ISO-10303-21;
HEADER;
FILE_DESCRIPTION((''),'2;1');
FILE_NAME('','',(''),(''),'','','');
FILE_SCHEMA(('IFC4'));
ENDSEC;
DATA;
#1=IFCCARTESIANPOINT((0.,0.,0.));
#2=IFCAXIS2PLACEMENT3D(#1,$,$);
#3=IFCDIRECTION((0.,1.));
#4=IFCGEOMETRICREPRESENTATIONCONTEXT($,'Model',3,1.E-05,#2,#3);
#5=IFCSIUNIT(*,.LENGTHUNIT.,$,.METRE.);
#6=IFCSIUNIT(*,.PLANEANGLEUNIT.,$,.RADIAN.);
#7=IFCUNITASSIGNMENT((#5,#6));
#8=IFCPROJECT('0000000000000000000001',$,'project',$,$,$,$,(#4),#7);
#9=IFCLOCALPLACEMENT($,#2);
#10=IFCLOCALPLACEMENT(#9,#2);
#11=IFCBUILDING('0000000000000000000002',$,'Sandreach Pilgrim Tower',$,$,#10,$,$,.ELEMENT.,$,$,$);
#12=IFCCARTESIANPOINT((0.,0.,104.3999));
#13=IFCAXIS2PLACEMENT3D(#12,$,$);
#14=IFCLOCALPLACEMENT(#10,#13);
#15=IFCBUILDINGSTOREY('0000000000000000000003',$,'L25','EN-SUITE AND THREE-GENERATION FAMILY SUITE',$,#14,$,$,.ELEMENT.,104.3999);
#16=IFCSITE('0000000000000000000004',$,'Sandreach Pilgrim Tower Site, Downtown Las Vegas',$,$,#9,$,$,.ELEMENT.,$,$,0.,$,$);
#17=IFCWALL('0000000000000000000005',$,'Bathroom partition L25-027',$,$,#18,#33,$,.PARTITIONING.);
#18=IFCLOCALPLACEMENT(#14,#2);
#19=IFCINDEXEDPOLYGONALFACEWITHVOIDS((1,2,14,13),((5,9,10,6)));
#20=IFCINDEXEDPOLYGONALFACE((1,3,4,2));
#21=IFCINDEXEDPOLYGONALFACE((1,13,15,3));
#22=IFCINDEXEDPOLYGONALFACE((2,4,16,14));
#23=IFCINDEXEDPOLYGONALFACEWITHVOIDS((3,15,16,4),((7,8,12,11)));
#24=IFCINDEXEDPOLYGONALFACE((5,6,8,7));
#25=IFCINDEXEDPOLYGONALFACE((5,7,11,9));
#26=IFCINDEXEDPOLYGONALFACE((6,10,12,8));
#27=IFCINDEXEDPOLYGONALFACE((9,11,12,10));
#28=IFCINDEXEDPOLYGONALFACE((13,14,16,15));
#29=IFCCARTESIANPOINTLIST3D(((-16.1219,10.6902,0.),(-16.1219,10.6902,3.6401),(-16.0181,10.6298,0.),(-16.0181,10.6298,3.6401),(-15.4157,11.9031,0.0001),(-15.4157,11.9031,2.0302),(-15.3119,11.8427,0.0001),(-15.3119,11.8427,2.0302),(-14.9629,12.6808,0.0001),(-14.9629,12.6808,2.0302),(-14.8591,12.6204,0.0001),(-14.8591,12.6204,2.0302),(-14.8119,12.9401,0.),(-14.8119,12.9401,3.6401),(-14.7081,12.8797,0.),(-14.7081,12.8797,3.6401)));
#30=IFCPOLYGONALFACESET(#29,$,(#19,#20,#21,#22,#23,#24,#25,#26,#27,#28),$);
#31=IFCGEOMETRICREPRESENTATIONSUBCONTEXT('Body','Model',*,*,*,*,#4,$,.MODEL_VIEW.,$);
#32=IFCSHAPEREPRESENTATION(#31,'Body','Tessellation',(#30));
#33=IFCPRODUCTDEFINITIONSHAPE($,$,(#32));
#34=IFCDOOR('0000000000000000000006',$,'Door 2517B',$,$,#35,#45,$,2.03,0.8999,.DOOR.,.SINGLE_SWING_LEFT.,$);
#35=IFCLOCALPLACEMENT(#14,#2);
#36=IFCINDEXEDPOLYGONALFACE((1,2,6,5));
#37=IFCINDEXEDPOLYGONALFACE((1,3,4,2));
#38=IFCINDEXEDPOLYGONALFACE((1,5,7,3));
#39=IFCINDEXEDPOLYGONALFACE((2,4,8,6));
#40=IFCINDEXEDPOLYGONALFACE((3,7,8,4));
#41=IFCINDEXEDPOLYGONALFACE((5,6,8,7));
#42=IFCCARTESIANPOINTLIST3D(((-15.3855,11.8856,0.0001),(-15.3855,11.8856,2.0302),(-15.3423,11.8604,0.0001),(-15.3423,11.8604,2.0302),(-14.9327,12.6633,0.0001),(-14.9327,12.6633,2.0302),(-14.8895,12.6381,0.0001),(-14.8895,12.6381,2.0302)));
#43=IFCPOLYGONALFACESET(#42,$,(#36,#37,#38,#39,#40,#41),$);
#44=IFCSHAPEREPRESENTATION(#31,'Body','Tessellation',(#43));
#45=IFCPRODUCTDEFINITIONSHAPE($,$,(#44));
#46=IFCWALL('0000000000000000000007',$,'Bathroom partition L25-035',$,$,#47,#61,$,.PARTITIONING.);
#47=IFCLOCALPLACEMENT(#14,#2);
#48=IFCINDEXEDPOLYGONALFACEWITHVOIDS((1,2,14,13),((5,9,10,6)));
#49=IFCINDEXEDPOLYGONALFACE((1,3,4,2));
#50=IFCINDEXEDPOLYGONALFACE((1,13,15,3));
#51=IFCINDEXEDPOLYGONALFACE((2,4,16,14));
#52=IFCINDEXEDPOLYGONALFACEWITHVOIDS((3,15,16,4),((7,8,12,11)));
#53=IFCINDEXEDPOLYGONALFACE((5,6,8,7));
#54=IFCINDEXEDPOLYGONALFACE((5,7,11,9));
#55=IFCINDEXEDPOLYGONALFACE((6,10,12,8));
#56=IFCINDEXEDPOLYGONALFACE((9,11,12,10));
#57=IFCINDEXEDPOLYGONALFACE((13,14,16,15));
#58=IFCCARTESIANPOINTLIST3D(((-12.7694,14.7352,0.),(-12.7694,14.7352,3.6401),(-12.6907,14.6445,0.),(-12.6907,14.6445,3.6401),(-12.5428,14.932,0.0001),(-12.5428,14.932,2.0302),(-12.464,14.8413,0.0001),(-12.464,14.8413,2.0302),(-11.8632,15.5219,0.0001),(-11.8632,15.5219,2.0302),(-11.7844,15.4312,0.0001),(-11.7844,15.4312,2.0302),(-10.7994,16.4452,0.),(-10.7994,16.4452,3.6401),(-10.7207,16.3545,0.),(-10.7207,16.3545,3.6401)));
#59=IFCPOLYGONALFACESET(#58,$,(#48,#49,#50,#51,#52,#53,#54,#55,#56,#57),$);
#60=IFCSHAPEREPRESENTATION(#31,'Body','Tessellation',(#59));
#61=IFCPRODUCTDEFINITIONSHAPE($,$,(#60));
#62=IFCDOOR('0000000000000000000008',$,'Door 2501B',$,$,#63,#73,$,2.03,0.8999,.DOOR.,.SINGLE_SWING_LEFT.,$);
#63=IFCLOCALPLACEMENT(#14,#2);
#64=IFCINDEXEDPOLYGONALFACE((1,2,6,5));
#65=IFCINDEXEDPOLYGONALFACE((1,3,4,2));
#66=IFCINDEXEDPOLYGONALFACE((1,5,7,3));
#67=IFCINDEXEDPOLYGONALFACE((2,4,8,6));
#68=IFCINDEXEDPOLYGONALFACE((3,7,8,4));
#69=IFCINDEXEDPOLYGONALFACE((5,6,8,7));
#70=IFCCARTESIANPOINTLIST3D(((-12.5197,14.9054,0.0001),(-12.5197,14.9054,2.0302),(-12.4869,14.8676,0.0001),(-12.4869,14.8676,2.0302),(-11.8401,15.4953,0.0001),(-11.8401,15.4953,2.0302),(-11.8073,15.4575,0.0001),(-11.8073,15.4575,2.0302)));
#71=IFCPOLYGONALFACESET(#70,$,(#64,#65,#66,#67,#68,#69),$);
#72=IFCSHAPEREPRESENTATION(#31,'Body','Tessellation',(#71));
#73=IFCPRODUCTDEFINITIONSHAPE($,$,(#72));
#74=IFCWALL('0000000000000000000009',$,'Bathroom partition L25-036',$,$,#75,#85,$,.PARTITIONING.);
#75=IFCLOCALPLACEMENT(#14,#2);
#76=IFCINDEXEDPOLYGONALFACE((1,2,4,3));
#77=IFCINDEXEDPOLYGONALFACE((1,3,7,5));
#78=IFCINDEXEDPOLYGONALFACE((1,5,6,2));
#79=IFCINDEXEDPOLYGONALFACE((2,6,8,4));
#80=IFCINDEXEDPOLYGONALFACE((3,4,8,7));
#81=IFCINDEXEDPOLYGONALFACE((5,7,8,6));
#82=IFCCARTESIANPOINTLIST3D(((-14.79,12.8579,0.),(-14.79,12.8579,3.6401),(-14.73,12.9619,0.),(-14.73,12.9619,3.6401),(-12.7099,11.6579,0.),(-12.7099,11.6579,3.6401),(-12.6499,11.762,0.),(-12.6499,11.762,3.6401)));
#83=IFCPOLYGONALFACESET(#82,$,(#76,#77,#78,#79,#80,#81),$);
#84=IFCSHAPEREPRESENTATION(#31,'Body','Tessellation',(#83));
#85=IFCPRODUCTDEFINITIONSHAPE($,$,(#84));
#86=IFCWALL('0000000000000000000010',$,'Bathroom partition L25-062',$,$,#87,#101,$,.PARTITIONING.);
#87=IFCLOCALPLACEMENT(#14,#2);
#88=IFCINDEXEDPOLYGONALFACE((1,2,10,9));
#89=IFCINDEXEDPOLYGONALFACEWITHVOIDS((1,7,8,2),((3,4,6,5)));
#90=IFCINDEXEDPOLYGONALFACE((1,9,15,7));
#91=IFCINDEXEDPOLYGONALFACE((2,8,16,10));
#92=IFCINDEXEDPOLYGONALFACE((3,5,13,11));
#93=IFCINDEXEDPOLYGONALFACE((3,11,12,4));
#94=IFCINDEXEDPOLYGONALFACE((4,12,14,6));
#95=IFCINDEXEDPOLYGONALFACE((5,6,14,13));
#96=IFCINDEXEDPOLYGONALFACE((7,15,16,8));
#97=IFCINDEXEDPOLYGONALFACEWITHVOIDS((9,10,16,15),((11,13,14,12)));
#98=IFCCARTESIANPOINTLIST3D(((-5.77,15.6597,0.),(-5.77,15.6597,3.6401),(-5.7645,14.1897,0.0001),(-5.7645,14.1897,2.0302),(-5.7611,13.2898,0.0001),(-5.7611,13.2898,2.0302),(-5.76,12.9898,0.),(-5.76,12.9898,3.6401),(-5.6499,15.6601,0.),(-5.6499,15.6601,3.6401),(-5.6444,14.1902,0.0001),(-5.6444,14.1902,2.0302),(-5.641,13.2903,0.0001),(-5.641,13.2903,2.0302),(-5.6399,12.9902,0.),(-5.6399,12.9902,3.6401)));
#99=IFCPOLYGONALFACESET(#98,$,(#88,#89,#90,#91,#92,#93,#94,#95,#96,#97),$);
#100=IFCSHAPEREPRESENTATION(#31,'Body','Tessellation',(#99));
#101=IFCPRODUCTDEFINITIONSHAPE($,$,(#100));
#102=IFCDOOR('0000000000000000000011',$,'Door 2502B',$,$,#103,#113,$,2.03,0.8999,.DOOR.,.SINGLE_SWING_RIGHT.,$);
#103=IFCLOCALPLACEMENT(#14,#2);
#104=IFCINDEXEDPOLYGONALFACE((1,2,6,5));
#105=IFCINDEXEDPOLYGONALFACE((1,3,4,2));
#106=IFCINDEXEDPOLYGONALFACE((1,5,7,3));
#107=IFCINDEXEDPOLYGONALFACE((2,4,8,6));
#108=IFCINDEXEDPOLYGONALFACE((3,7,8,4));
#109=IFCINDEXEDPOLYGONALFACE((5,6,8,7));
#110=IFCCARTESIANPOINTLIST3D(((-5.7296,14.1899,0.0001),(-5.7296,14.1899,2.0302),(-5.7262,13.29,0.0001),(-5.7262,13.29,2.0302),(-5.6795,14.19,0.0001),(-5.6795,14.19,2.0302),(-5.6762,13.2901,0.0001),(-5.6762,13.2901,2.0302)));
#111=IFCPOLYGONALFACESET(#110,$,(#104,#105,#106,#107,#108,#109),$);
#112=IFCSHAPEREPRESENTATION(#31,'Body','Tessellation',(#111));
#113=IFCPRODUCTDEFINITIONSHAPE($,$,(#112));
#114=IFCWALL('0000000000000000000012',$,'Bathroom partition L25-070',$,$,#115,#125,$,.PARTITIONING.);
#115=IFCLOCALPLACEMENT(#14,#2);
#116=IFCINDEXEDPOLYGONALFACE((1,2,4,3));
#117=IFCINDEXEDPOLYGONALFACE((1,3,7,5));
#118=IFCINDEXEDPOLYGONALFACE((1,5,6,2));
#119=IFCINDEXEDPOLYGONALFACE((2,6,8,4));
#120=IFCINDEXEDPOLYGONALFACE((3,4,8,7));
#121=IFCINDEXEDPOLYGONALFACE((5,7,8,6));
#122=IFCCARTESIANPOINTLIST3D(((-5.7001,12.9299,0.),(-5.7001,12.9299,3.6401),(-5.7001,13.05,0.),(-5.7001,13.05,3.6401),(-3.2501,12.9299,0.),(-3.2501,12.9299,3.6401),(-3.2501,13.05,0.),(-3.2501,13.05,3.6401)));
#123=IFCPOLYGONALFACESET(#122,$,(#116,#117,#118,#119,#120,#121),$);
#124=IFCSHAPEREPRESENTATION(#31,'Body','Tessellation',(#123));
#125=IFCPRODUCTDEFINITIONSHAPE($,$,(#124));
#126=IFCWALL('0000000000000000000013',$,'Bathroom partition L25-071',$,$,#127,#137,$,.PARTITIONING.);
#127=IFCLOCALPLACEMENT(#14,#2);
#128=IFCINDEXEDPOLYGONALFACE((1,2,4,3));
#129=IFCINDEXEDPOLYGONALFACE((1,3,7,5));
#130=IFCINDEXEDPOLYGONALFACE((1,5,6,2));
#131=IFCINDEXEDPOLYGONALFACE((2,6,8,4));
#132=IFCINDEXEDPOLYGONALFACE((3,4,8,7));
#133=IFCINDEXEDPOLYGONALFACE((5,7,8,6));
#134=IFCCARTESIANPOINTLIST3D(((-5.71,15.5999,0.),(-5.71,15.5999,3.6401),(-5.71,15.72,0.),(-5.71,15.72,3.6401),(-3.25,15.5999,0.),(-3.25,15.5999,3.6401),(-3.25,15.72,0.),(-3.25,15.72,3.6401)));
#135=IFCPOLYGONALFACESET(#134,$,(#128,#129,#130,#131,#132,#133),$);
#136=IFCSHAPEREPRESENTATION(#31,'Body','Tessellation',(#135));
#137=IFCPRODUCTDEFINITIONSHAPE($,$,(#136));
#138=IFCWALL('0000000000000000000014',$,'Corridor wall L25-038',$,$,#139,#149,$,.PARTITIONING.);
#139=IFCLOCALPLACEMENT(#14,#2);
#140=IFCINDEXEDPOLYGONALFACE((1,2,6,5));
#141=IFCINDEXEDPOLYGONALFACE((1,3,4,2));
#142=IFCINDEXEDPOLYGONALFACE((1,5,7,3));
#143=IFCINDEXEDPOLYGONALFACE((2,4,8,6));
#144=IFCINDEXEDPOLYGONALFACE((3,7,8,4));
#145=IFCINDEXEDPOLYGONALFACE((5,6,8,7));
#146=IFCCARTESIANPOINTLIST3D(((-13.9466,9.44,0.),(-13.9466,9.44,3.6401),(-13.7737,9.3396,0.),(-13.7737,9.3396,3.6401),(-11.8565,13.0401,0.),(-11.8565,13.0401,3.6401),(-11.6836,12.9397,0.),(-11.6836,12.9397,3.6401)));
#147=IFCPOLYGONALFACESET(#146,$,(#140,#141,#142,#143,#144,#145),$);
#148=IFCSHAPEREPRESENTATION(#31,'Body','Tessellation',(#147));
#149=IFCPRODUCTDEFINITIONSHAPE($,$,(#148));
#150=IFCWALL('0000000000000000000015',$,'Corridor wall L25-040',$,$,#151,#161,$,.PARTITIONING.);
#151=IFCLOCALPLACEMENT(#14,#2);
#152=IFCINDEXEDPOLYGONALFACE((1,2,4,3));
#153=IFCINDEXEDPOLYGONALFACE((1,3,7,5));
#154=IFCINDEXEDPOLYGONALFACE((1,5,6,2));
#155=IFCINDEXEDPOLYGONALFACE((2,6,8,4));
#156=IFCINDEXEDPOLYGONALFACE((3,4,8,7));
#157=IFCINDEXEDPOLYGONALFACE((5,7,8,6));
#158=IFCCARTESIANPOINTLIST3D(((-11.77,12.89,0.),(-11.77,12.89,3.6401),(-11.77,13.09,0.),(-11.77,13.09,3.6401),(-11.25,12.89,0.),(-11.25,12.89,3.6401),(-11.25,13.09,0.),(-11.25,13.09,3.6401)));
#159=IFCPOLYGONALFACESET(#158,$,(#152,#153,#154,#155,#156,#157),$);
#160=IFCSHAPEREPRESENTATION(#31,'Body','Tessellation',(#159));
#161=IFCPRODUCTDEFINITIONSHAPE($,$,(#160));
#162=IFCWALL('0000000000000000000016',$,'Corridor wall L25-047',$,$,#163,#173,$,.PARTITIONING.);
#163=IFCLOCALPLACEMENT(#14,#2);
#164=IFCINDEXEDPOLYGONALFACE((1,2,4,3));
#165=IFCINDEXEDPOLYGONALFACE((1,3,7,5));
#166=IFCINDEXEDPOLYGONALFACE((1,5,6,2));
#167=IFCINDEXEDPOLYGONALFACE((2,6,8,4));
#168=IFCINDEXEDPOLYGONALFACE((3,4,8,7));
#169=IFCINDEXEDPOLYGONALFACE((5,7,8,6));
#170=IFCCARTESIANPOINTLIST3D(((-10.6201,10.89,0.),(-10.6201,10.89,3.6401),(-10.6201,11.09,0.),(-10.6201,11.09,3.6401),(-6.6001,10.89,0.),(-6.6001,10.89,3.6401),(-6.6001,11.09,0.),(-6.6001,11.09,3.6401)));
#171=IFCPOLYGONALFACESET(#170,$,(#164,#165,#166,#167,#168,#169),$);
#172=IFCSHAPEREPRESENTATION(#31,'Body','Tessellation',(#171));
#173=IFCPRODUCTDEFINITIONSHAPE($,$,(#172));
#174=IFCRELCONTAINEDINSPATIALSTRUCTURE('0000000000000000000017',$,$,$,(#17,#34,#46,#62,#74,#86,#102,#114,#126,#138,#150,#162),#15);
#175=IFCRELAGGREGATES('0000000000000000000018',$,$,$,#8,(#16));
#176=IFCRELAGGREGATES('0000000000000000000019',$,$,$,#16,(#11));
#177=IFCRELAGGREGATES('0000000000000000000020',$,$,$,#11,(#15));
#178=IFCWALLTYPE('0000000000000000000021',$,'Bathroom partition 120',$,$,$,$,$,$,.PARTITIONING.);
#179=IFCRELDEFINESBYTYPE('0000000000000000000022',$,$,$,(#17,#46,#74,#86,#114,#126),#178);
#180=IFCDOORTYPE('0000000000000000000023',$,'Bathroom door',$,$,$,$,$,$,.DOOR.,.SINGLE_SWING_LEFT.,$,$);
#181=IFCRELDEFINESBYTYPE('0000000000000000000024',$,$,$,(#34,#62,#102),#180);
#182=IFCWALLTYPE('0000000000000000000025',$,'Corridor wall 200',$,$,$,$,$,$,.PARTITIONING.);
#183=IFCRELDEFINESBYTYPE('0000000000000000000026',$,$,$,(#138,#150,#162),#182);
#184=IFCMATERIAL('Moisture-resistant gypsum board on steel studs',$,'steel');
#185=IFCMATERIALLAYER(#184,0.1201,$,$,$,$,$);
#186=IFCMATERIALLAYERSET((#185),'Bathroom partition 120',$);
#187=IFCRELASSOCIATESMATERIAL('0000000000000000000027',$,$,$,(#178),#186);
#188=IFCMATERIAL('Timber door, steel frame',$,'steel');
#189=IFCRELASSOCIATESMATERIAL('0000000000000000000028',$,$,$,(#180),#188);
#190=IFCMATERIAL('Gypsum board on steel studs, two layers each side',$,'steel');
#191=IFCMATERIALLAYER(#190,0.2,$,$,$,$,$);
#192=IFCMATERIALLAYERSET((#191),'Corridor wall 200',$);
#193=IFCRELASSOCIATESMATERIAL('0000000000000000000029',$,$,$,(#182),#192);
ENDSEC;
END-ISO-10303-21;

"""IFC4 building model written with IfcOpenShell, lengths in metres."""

from ifc_helpers import new_model, si_unit, direction, frame, frame_2d, origin, place, context, subcontext, project, spatial, rectangle, extrude, material, layer, layer_set, type_object, element, fill, save


model = new_model("IFC4")

# Units and contexts
model_context = context("Model", 3, precision=1e-05, world=origin(), true_north=direction((0.0, 1.0)))
body_context = subcontext(model_context, "Body", "Model", "MODEL_VIEW")
ifc_project = project(units=[si_unit("LENGTHUNIT", "METRE"), si_unit("PLANEANGLEUNIT", "RADIAN")], contexts=[model_context])

# Site, building, storey
site_placement = place(None, origin())
site = spatial("IfcSite", under=ifc_project, at=site_placement, Name="Sandreach Pilgrim Tower Site, Downtown Las Vegas", CompositionType="ELEMENT", RefElevation=0.0)
building_placement = place(site_placement, origin())
building = spatial("IfcBuilding", under=site, at=building_placement, Name="Sandreach Pilgrim Tower", CompositionType="ELEMENT")
storey_placement = place(building_placement, frame((0.0, 0.0, 104.3999)))
storey = spatial("IfcBuildingStorey", under=building, at=storey_placement, Name="L25", Description="EN-SUITE AND THREE-GENERATION FAMILY SUITE", CompositionType="ELEMENT", Elevation=104.3999)

# Walls, openings, doors
ifc_material_1 = material(Name="Moisture-resistant gypsum board on steel studs", Category="steel")
ifc_layer_1 = layer(ifc_material_1, 0.1201)
ifc_layer_set_1 = layer_set([ifc_layer_1], Name="Bathroom partition 120")
wall_type_1 = type_object("IfcWallType", Name="Bathroom partition 120", PredefinedType="PARTITIONING", material=ifc_layer_set_1)
wall_1_placement = place(storey_placement, frame((-14.76, 12.9099, 0.0), z_axis=(0.0, 0.0, 1.0), x_axis=(-0.503171, -0.864187, 0.0)))
wall_1 = element("IfcWall", 1, at=wall_1_placement, inside=storey, type_object=wall_type_1, Name="Bathroom partition L25-027", PredefinedType="PARTITIONING", context=body_context, shape_type="SweptSolid", body=[
    extrude(rectangle(XDim=2.6035, YDim=0.1201, at=frame_2d((1.3018, 0.0))), origin(), (0.0, 0.0, 1.0), 3.6401),
])
opening_1_placement = place(wall_1_placement, frame((0.3, 0.0, 0.0)))
opening_1 = element("IfcOpeningElement", 2, at=opening_1_placement, cuts=wall_1, PredefinedType="OPENING", context=body_context, shape_type="SweptSolid", body=[
    extrude(rectangle(XDim=0.8999, YDim=2.03, at=frame_2d((0.45, 1.0151))), frame((0.0, 0.0601, 0.0), z_axis=(0.0, -1.0, 0.0), x_axis=(1.0, 0.0, 0.0)), (0.0, 0.0, 1.0), 0.1201),
])
ifc_material_2 = material(Name="Timber door, steel frame", Category="steel")
door_type_1 = type_object("IfcDoorType", Name="Bathroom door", OperationType="SINGLE_SWING_LEFT", PredefinedType="DOOR", material=ifc_material_2)
door_1_placement = place(opening_1_placement, origin())
door_1 = element("IfcDoor", 3, at=door_1_placement, inside=storey, type_object=door_type_1, Name="Door 2517B", OperationType="SINGLE_SWING_LEFT", OverallHeight=2.03, OverallWidth=0.8999, PredefinedType="DOOR", context=body_context, shape_type="SweptSolid", body=[
    extrude(rectangle(XDim=0.8999, YDim=2.03, at=frame_2d((0.45, 1.0151))), frame((0.0, 0.0249, 0.0), z_axis=(0.0, -1.0, 0.0), x_axis=(1.0, 0.0, 0.0)), (0.0, 0.0, 1.0), 0.05),
])
fill(opening_1, door_1)
wall_2_placement = place(storey_placement, frame((-12.73, 14.6899, 0.0), z_axis=(0.0, 0.0, 1.0), x_axis=(0.755186, 0.655511, 0.0)))
wall_2 = element("IfcWall", 4, at=wall_2_placement, inside=storey, type_object=wall_type_1, Name="Bathroom partition L25-035", PredefinedType="PARTITIONING", context=body_context, shape_type="SweptSolid", body=[
    extrude(rectangle(XDim=2.6086, YDim=0.1201, at=frame_2d((1.3042, 0.0))), origin(), (0.0, 0.0, 1.0), 3.6401),
])
opening_2_placement = place(wall_2_placement, frame((0.3, 0.0, 0.0)))
opening_2 = element("IfcOpeningElement", 5, at=opening_2_placement, cuts=wall_2, PredefinedType="OPENING", context=body_context, shape_type="SweptSolid", body=[
    extrude(rectangle(XDim=0.8999, YDim=2.03, at=frame_2d((0.45, 1.0151))), frame((0.0, 0.0601, 0.0), z_axis=(0.0, -1.0, 0.0), x_axis=(1.0, 0.0, 0.0)), (0.0, 0.0, 1.0), 0.1201),
])
door_2_placement = place(opening_2_placement, origin())
door_2 = element("IfcDoor", 6, at=door_2_placement, inside=storey, type_object=door_type_1, Name="Door 2501B", OperationType="SINGLE_SWING_LEFT", OverallHeight=2.03, OverallWidth=0.8999, PredefinedType="DOOR", context=body_context, shape_type="SweptSolid", body=[
    extrude(rectangle(XDim=0.8999, YDim=2.03, at=frame_2d((0.45, 1.0151))), frame((0.0, 0.0249, 0.0), z_axis=(0.0, -1.0, 0.0), x_axis=(1.0, 0.0, 0.0)), (0.0, 0.0, 1.0), 0.05),
])
fill(opening_2, door_2)

# Wall
wall_3_placement = place(storey_placement, frame((-12.6799, 11.71, 0.0), z_axis=(0.0, 0.0, 1.0), x_axis=(-0.866203, 0.499693, 0.0)))
element("IfcWall", 7, at=wall_3_placement, inside=storey, type_object=wall_type_1, Name="Bathroom partition L25-036", PredefinedType="PARTITIONING", context=body_context, shape_type="SweptSolid", body=[
    extrude(rectangle(XDim=2.4014, YDim=0.1201, at=frame_2d((1.2007, 0.0))), origin(), (0.0, 0.0, 1.0), 3.6401),
])

# Wall, opening, door
wall_4_placement = place(storey_placement, frame((-5.71, 15.6599, 0.0), z_axis=(0.0, 0.0, 1.0), x_axis=(0.003749, -0.999993, 0.0)))
wall_4 = element("IfcWall", 8, at=wall_4_placement, inside=storey, type_object=wall_type_1, Name="Bathroom partition L25-062", PredefinedType="PARTITIONING", context=body_context, shape_type="SweptSolid", body=[
    extrude(rectangle(XDim=2.6699, YDim=0.1201, at=frame_2d((1.335, 0.0))), origin(), (0.0, 0.0, 1.0), 3.6401),
])
opening_3_placement = place(wall_4_placement, frame((1.47, 0.0, 0.0)))
opening_3 = element("IfcOpeningElement", 9, at=opening_3_placement, cuts=wall_4, PredefinedType="OPENING", context=body_context, shape_type="SweptSolid", body=[
    extrude(rectangle(XDim=0.8999, YDim=2.03, at=frame_2d((0.45, 1.0151))), frame((0.0, 0.0601, 0.0), z_axis=(0.0, -1.0, 0.0), x_axis=(1.0, 0.0, 0.0)), (0.0, 0.0, 1.0), 0.1201),
])
door_3_placement = place(opening_3_placement, origin())
door_3 = element("IfcDoor", 10, at=door_3_placement, inside=storey, type_object=door_type_1, Name="Door 2502B", OperationType="SINGLE_SWING_RIGHT", OverallHeight=2.03, OverallWidth=0.8999, PredefinedType="DOOR", context=body_context, shape_type="SweptSolid", body=[
    extrude(rectangle(XDim=0.8999, YDim=2.03, at=frame_2d((0.45, 1.0151))), frame((0.0, 0.0249, 0.0), z_axis=(0.0, -1.0, 0.0), x_axis=(1.0, 0.0, 0.0)), (0.0, 0.0, 1.0), 0.05),
])
fill(opening_3, door_3)

# Walls
wall_5_placement = place(storey_placement, frame((-3.25, 12.99, 0.0), z_axis=(0.0, 0.0, 1.0), x_axis=(-1.0, 0.0, 0.0)))
element("IfcWall", 11, at=wall_5_placement, inside=storey, type_object=wall_type_1, Name="Bathroom partition L25-070", PredefinedType="PARTITIONING", context=body_context, shape_type="SweptSolid", body=[
    extrude(rectangle(XDim=2.45, YDim=0.1201, at=frame_2d((1.2251, 0.0))), origin(), (0.0, 0.0, 1.0), 3.6401),
])
wall_6_placement = place(storey_placement, frame((-3.25, 15.6599, 0.0), z_axis=(0.0, 0.0, 1.0), x_axis=(-1.0, 0.0, 0.0)))
element("IfcWall", 12, at=wall_6_placement, inside=storey, type_object=wall_type_1, Name="Bathroom partition L25-071", PredefinedType="PARTITIONING", context=body_context, shape_type="SweptSolid", body=[
    extrude(rectangle(XDim=2.46, YDim=0.1201, at=frame_2d((1.23, 0.0))), origin(), (0.0, 0.0, 1.0), 3.6401),
])
ifc_material_3 = material(Name="Gypsum board on steel studs, two layers each side", Category="steel")
ifc_layer_2 = layer(ifc_material_3, 0.2)
ifc_layer_set_2 = layer_set([ifc_layer_2], Name="Corridor wall 200")
wall_type_2 = type_object("IfcWallType", Name="Corridor wall 200", PredefinedType="PARTITIONING", material=ifc_layer_set_2)
wall_7_placement = place(storey_placement, frame((-11.77, 12.99, 0.0), z_axis=(0.0, 0.0, 1.0), x_axis=(-0.502083, -0.864819, 0.0)))
element("IfcWall", 13, at=wall_7_placement, inside=storey, type_object=wall_type_2, Name="Corridor wall L25-038", PredefinedType="PARTITIONING", context=body_context, shape_type="SweptSolid", body=[
    extrude(rectangle(XDim=4.1628, YDim=0.2, at=frame_2d((2.0815, 0.0))), origin(), (0.0, 0.0, 1.0), 3.6401),
])
wall_8_placement = place(storey_placement, frame((-11.25, 12.99, 0.0), z_axis=(0.0, 0.0, 1.0), x_axis=(-1.0, 0.0, 0.0)))
element("IfcWall", 14, at=wall_8_placement, inside=storey, type_object=wall_type_2, Name="Corridor wall L25-040", PredefinedType="PARTITIONING", context=body_context, shape_type="SweptSolid", body=[
    extrude(rectangle(XDim=0.52, YDim=0.2, at=frame_2d((0.26, 0.0))), origin(), (0.0, 0.0, 1.0), 3.6401),
])
wall_9_placement = place(storey_placement, frame((-10.6201, 10.99, 0.0), z_axis=(0.0, 0.0, 1.0), x_axis=(1.0, 0.0, 0.0)))
element("IfcWall", 15, at=wall_9_placement, inside=storey, type_object=wall_type_2, Name="Corridor wall L25-047", PredefinedType="PARTITIONING", context=body_context, shape_type="SweptSolid", body=[
    extrude(rectangle(XDim=4.02, YDim=0.2, at=frame_2d((2.01, 0.0))), origin(), (0.0, 0.0, 1.0), 3.6401),
])

save(model, "model.ifc")
